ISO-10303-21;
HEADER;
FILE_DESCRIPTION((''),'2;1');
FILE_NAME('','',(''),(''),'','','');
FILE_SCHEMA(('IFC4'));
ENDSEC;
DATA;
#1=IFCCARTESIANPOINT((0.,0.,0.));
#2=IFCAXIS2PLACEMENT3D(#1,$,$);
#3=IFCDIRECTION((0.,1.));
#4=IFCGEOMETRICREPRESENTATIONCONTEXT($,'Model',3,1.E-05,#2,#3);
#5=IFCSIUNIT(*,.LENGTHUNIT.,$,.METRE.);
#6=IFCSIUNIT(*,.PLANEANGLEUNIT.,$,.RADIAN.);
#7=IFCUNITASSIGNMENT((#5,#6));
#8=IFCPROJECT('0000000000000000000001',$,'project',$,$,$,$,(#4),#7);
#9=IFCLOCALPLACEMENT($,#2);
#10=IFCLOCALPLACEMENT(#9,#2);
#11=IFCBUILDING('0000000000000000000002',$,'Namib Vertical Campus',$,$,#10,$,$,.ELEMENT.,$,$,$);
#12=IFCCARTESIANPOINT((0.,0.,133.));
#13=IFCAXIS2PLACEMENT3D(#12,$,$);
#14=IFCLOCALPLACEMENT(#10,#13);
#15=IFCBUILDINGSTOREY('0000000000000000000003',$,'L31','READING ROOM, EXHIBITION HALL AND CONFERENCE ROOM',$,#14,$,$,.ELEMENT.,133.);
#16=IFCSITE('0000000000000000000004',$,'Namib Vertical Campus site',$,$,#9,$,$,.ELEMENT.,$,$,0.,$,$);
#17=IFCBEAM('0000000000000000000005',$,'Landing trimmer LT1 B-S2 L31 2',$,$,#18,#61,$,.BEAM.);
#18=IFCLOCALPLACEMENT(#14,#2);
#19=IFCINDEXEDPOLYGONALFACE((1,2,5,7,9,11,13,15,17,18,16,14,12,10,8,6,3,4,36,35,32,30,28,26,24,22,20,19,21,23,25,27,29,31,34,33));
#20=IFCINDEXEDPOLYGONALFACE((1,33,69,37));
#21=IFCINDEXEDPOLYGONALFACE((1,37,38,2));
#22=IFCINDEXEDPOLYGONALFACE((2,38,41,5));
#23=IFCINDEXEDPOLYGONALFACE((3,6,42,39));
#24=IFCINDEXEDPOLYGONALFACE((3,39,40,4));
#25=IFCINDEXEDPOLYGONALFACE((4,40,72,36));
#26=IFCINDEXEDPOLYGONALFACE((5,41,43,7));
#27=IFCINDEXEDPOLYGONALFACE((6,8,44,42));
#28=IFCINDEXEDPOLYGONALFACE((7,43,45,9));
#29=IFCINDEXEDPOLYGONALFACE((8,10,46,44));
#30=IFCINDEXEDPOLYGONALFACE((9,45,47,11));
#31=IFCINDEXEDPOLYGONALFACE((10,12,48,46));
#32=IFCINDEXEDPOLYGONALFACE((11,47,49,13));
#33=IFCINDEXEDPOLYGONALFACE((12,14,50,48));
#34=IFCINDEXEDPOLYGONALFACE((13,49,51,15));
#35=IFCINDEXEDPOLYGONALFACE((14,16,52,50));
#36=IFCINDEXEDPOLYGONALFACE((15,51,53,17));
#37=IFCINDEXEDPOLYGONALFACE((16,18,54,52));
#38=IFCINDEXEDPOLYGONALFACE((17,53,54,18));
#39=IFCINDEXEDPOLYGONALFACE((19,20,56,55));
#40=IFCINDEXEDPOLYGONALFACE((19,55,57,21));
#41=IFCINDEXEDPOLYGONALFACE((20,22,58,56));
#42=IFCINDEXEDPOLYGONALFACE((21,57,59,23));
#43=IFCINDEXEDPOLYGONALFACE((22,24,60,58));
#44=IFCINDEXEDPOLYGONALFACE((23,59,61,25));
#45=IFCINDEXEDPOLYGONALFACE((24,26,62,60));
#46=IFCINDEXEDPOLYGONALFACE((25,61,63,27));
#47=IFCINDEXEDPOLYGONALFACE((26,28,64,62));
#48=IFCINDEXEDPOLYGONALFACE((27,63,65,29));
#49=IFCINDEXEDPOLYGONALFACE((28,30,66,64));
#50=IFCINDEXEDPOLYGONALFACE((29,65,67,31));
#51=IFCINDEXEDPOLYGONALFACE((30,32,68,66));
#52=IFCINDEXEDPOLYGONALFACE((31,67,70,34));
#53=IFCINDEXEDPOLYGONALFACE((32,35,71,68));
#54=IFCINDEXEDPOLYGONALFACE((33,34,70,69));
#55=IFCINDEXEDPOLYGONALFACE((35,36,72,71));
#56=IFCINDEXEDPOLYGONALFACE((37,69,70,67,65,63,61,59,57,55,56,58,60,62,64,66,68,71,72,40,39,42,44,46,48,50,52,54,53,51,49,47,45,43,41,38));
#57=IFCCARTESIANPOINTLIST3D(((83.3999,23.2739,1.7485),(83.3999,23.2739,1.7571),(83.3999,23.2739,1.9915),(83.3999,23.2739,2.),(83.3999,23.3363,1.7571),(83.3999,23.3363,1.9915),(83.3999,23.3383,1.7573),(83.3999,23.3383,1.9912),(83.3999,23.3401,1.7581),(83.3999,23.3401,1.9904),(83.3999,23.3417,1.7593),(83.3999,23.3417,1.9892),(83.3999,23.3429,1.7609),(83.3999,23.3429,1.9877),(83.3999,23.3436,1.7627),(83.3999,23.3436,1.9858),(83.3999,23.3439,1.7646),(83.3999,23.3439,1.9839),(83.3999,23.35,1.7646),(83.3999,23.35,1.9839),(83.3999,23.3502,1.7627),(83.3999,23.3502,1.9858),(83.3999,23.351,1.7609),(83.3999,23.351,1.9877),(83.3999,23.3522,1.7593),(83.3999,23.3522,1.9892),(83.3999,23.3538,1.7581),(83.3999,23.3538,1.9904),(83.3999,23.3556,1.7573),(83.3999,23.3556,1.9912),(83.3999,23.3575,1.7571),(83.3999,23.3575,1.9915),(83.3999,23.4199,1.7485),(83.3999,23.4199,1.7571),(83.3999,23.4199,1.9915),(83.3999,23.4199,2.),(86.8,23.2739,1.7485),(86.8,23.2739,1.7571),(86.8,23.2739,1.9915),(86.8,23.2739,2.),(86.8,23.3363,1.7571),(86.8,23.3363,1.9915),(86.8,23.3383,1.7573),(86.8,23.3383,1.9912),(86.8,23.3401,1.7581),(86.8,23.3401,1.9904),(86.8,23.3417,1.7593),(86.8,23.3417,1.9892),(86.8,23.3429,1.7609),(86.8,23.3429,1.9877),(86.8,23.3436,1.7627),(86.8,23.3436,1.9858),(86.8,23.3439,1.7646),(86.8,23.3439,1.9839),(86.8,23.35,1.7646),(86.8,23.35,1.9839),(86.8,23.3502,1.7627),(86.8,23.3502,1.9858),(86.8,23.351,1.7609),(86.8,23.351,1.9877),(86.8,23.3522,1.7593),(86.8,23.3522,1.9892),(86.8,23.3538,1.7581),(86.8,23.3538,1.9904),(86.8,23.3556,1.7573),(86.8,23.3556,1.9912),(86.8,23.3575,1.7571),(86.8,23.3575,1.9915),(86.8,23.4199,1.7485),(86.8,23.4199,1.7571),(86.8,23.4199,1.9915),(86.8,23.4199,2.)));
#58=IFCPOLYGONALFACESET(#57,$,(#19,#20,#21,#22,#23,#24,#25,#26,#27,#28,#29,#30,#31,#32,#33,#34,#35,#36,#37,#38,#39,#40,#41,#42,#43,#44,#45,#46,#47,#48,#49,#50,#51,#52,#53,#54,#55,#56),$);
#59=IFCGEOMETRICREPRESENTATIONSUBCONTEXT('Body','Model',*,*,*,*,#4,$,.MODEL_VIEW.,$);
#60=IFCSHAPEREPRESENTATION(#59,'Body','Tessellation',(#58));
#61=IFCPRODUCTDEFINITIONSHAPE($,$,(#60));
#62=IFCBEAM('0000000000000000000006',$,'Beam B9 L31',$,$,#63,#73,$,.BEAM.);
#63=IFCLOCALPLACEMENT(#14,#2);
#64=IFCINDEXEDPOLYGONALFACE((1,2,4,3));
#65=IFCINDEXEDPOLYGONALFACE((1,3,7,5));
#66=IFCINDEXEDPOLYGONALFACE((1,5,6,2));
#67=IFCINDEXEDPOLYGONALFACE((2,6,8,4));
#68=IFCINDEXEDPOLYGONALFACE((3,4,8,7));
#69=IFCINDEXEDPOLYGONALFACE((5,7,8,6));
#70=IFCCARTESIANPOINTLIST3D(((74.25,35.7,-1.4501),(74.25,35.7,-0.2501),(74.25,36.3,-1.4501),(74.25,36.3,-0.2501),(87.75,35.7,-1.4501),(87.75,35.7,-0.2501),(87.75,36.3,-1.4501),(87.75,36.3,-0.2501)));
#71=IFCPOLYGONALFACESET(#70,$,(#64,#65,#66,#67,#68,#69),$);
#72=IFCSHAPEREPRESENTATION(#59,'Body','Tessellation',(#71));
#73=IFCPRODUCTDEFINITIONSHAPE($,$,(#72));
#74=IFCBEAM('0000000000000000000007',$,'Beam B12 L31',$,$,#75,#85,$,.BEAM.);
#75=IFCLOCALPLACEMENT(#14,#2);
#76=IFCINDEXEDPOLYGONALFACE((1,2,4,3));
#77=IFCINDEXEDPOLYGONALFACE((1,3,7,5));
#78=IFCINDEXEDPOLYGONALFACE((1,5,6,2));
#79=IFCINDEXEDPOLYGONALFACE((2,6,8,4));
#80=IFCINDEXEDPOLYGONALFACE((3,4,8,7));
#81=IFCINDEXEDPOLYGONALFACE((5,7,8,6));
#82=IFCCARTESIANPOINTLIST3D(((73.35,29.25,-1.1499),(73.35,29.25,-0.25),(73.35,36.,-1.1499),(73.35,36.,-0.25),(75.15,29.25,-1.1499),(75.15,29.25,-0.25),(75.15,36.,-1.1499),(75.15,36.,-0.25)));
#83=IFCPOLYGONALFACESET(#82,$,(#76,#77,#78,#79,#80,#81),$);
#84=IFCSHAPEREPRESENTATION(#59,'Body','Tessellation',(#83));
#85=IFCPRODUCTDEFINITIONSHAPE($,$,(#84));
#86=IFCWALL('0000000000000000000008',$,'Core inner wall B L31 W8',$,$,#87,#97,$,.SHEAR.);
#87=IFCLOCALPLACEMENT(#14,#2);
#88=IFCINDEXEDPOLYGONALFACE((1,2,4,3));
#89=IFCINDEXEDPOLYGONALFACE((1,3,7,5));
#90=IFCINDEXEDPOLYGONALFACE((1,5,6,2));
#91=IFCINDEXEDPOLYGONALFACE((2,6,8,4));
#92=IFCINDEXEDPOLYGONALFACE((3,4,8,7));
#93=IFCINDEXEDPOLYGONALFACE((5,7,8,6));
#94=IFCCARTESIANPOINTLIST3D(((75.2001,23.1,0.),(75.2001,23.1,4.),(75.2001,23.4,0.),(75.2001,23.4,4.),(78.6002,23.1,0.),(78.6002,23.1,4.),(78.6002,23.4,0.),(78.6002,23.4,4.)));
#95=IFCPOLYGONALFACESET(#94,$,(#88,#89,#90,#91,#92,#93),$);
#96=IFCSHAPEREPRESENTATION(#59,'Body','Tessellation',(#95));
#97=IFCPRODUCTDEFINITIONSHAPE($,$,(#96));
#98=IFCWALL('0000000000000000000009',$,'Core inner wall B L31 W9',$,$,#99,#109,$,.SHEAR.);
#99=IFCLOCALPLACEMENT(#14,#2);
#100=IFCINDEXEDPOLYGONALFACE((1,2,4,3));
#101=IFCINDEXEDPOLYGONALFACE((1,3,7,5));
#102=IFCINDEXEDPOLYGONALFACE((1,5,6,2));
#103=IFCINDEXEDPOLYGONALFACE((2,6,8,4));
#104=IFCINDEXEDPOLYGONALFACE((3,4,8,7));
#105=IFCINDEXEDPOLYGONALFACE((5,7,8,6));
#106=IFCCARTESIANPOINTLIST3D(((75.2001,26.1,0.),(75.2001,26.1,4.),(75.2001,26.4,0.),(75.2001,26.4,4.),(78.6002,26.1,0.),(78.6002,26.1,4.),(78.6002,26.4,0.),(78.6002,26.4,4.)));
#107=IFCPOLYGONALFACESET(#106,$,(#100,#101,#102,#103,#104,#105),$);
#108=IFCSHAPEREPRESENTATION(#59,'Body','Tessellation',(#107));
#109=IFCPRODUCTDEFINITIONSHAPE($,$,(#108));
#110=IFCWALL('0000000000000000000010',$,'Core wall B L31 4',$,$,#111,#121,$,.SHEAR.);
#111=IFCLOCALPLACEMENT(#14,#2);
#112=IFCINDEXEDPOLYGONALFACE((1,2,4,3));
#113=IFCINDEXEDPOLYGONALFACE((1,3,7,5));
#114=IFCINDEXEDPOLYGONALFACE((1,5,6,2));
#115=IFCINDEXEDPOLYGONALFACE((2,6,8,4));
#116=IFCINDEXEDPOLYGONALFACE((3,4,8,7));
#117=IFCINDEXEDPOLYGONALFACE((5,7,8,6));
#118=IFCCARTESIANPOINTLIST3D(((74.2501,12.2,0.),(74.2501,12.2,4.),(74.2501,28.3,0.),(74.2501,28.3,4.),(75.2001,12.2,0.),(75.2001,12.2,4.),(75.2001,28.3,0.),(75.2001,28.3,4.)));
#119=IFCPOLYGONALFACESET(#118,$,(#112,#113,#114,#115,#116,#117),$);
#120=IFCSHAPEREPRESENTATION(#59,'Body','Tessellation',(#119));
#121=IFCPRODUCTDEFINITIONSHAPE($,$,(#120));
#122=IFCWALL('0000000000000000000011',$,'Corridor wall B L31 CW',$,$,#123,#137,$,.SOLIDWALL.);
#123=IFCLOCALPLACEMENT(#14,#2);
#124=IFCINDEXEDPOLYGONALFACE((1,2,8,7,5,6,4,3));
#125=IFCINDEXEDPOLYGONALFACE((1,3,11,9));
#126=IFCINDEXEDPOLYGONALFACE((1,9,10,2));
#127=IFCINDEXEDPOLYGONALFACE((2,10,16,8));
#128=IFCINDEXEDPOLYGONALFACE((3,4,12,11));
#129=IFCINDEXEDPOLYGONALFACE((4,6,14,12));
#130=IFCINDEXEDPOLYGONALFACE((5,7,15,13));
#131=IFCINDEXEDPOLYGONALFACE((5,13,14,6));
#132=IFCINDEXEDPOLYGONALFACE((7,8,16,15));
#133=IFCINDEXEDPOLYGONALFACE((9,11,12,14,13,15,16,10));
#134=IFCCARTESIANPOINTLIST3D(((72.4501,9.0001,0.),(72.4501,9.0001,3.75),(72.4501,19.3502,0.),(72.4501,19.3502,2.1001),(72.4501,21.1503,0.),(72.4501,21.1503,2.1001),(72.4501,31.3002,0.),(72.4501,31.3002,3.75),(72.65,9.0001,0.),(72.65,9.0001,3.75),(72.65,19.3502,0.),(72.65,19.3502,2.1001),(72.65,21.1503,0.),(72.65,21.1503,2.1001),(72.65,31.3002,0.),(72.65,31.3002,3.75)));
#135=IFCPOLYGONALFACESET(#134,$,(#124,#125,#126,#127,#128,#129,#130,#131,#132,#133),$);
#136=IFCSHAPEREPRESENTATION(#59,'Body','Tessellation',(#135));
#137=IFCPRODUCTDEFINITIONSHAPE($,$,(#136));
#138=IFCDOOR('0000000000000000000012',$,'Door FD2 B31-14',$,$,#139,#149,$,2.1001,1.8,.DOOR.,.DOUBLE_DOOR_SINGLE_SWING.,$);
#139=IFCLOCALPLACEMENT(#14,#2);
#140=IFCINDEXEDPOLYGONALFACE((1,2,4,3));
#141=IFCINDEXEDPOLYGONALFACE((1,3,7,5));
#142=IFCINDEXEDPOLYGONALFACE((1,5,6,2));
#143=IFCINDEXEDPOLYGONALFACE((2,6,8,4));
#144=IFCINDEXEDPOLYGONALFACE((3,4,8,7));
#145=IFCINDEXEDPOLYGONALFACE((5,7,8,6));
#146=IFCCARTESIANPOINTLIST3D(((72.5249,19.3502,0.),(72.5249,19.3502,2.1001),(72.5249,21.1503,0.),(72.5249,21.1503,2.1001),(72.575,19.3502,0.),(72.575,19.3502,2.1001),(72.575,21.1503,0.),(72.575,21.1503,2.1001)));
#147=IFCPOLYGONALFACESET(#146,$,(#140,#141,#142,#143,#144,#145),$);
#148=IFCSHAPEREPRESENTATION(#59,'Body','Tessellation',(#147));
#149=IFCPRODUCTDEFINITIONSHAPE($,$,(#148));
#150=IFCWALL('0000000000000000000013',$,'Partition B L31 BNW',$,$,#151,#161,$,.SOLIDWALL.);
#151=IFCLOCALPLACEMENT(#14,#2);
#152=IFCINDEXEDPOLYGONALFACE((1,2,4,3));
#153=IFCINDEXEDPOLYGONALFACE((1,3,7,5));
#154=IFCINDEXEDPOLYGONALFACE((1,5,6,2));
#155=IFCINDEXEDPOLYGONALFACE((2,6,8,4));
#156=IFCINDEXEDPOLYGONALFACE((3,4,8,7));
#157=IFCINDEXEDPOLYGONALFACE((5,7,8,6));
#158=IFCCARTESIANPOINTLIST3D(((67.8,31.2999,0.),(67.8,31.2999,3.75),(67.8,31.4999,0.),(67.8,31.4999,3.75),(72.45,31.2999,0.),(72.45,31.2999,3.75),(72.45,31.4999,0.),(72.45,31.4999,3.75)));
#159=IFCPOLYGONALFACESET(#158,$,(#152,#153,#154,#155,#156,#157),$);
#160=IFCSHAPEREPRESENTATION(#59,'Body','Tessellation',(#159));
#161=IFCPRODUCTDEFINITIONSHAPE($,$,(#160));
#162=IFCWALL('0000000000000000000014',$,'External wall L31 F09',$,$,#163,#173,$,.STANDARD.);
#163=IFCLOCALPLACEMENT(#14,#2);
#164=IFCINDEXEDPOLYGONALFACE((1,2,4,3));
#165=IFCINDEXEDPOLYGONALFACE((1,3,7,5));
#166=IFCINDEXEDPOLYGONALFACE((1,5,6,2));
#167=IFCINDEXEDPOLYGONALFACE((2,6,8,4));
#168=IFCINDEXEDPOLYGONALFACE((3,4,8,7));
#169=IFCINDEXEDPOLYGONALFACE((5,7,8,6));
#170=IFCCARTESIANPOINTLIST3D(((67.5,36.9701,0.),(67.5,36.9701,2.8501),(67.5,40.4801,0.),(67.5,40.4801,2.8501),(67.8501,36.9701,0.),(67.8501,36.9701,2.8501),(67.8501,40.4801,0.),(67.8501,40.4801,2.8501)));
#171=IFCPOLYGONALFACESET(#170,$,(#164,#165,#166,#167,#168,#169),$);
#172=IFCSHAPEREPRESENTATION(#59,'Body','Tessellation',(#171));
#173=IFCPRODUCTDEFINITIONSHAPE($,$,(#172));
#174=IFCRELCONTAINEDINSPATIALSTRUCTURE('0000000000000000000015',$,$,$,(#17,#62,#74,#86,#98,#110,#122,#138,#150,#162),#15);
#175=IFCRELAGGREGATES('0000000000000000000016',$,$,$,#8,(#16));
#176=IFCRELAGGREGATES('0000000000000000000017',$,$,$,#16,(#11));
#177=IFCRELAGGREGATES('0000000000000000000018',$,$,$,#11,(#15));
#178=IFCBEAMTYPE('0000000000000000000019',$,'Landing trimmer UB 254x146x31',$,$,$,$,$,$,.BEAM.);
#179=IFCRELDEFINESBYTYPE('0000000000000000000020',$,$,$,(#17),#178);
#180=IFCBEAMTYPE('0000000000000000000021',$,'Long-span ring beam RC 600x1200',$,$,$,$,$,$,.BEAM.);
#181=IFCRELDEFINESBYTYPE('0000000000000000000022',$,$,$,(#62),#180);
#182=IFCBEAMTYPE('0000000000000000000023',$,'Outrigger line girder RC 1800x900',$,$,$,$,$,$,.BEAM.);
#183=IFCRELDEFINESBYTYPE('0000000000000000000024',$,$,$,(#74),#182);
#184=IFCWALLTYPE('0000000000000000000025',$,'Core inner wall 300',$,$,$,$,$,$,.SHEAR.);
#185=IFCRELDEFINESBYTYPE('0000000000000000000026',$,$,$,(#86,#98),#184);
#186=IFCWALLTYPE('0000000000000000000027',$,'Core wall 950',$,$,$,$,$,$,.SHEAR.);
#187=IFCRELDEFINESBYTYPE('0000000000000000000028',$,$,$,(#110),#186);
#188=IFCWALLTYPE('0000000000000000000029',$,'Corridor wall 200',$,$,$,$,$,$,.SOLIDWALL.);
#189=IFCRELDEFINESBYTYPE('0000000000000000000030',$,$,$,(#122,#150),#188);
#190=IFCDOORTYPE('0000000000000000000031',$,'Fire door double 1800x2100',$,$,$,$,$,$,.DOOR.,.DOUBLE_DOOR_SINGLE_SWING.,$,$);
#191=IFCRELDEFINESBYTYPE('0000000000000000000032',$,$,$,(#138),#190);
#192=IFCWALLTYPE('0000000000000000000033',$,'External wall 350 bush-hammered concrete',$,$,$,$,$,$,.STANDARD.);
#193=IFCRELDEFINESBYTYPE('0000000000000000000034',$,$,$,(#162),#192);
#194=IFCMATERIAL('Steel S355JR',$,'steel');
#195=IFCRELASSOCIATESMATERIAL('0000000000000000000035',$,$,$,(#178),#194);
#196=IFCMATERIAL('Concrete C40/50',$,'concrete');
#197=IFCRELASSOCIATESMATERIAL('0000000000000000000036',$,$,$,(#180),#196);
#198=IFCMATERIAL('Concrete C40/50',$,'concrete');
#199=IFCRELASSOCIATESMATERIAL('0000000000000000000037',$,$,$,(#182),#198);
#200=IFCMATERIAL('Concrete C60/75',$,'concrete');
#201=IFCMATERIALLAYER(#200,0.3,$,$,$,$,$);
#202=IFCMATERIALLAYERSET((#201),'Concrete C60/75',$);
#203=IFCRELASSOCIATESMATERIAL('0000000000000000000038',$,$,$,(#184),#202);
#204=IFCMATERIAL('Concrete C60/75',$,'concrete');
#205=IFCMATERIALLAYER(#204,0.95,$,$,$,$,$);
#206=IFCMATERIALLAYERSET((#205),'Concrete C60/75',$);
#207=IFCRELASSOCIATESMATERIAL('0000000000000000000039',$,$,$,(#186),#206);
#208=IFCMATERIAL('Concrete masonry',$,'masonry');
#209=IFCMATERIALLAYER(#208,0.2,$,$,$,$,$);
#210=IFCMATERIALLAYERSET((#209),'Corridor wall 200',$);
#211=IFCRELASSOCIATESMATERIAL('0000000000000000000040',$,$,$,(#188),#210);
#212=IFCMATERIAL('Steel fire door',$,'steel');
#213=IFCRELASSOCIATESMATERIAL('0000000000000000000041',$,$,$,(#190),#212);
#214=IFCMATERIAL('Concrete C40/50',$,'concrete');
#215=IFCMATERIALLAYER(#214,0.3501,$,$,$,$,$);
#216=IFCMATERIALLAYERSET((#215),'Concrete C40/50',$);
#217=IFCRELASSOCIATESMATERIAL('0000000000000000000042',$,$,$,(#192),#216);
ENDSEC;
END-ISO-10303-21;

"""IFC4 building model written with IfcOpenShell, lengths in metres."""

from ifc_helpers import new_model, si_unit, direction, frame, frame_2d, origin, origin_2d, place, context, subcontext, project, spatial, rectangle, i_section, extrude, material, layer, layer_set, material_profile, profile_set, type_object, element, fill, save


model = new_model("IFC4")

# Units and contexts
model_context = context("Model", 3, precision=1e-05, world=origin(), true_north=direction((0.0, 1.0)))
body_context = subcontext(model_context, "Body", "Model", "MODEL_VIEW")
ifc_project = project(units=[si_unit("LENGTHUNIT", "METRE"), si_unit("PLANEANGLEUNIT", "RADIAN")], contexts=[model_context])

# Site, building, storey
site_placement = place(None, origin())
site = spatial("IfcSite", under=ifc_project, at=site_placement, Name="Namib Vertical Campus site", CompositionType="ELEMENT", RefElevation=0.0)
building_placement = place(site_placement, origin())
building = spatial("IfcBuilding", under=site, at=building_placement, Name="Namib Vertical Campus", CompositionType="ELEMENT")
storey_placement = place(building_placement, frame((0.0, 0.0, 133.0)))
storey = spatial("IfcBuildingStorey", under=building, at=storey_placement, Name="L31", Description="READING ROOM, EXHIBITION HALL AND CONFERENCE ROOM", CompositionType="ELEMENT", Elevation=133.0)

# Beams
ifc_material_1 = material(Name="Steel S355JR", Category="steel")
ifc_material_profile_1 = material_profile(ifc_material_1, i_section(OverallWidth=0.146, OverallDepth=0.2515, WebThickness=0.0061, FlangeThickness=0.0085, FilletRadius=0.0076, at=origin_2d()))
ifc_profile_set_1 = profile_set([ifc_material_profile_1], Name="Steel S355JR")
beam_type_1 = type_object("IfcBeamType", Name="Landing trimmer UB 254x146x31", PredefinedType="BEAM", material=ifc_profile_set_1)
for number, where, z_axis, x_axis, name in (
    (1, (83.3999, 23.3469, 1.8743), (1.0, 0.0, 0.0), (0.0, 1.0, 0.0), "Landing trimmer LT1 B-S2 L31 2"),
):
    element("IfcBeam", number, at=place(storey_placement, frame(where, z_axis=z_axis, x_axis=x_axis)), inside=storey, type_object=beam_type_1, Name=name, PredefinedType="BEAM", context=body_context, shape_type="SweptSolid", body=[
        extrude(i_section(OverallWidth=0.146, OverallDepth=0.2515, WebThickness=0.0061, FlangeThickness=0.0085, FilletRadius=0.0076, at=origin_2d()), origin(), (0.0, 0.0, 1.0), 3.4001),
    ])
ifc_material_2 = material(Name="Concrete C40/50", Category="concrete")
ifc_material_profile_2 = material_profile(ifc_material_2, rectangle(XDim=0.6001, YDim=1.2, at=origin_2d()))
ifc_profile_set_2 = profile_set([ifc_material_profile_2], Name="Concrete C40/50")
beam_type_2 = type_object("IfcBeamType", Name="Long-span ring beam RC 600x1200", PredefinedType="BEAM", material=ifc_profile_set_2)
beam_1_placement = place(storey_placement, frame((74.25, 36.0, -0.8501), z_axis=(1.0, 0.0, 0.0), x_axis=(0.0, 1.0, 0.0)))
element("IfcBeam", 2, at=beam_1_placement, inside=storey, type_object=beam_type_2, Name="Beam B9 L31", PredefinedType="BEAM", context=body_context, shape_type="SweptSolid", body=[
    extrude(rectangle(XDim=0.6001, YDim=1.2, at=origin_2d()), origin(), (0.0, 0.0, 1.0), 13.5),
])
ifc_material_3 = material(Name="Concrete C40/50", Category="concrete")
ifc_material_profile_3 = material_profile(ifc_material_3, rectangle(XDim=1.8, YDim=0.8999, at=origin_2d()))
ifc_profile_set_3 = profile_set([ifc_material_profile_3], Name="Concrete C40/50")
beam_type_3 = type_object("IfcBeamType", Name="Outrigger line girder RC 1800x900", PredefinedType="BEAM", material=ifc_profile_set_3)
beam_2_placement = place(storey_placement, frame((74.25, 36.0, -0.7), z_axis=(0.0, -1.0, 0.0), x_axis=(1.0, 0.0, 0.0)))
element("IfcBeam", 3, at=beam_2_placement, inside=storey, type_object=beam_type_3, Name="Beam B12 L31", PredefinedType="BEAM", context=body_context, shape_type="SweptSolid", body=[
    extrude(rectangle(XDim=1.8, YDim=0.8999, at=origin_2d()), origin(), (0.0, 0.0, 1.0), 6.75),
])

# Walls
ifc_material_4 = material(Name="Concrete C60/75", Category="concrete")
ifc_layer_1 = layer(ifc_material_4, 0.3)
ifc_layer_set_1 = layer_set([ifc_layer_1], Name="Concrete C60/75")
wall_type_1 = type_object("IfcWallType", Name="Core inner wall 300", PredefinedType="SHEAR", material=ifc_layer_set_1)
for number, where, z_axis, x_axis, name in (
    (4, (75.2, 23.25, 0.0), (0.0, 0.0, 1.0), (1.0, 0.0, 0.0), "Core inner wall B L31 W8"),
    (5, (75.2, 26.25, 0.0), (0.0, 0.0, 1.0), (1.0, 0.0, 0.0), "Core inner wall B L31 W9"),
):
    element("IfcWall", number, at=place(storey_placement, frame(where, z_axis=z_axis, x_axis=x_axis)), inside=storey, type_object=wall_type_1, Name=name, PredefinedType="SHEAR", context=body_context, shape_type="SweptSolid", body=[
        extrude(rectangle(XDim=3.4001, YDim=0.3, at=frame_2d((1.7002, 0.0))), origin(), (0.0, 0.0, 1.0), 4.0),
    ])
ifc_material_5 = material(Name="Concrete C60/75", Category="concrete")
ifc_layer_2 = layer(ifc_material_5, 0.95)
ifc_layer_set_2 = layer_set([ifc_layer_2], Name="Concrete C60/75")
wall_type_2 = type_object("IfcWallType", Name="Core wall 950", PredefinedType="SHEAR", material=ifc_layer_set_2)
wall_1_placement = place(storey_placement, frame((74.7251, 28.3, 0.0), z_axis=(0.0, 0.0, 1.0), x_axis=(0.0, -1.0, 0.0)))
element("IfcWall", 6, at=wall_1_placement, inside=storey, type_object=wall_type_2, Name="Core wall B L31 4", PredefinedType="SHEAR", context=body_context, shape_type="SweptSolid", body=[
    extrude(rectangle(XDim=16.1001, YDim=0.95, at=frame_2d((8.05, 0.0))), origin(), (0.0, 0.0, 1.0), 4.0),
])

# Wall, opening, door
ifc_material_6 = material(Name="Concrete masonry", Category="masonry")
ifc_layer_3 = layer(ifc_material_6, 0.2)
ifc_layer_set_3 = layer_set([ifc_layer_3], Name="Corridor wall 200")
wall_type_3 = type_object("IfcWallType", Name="Corridor wall 200", PredefinedType="SOLIDWALL", material=ifc_layer_set_3)
wall_2_placement = place(storey_placement, frame((72.55, 31.3, 0.0), z_axis=(0.0, 0.0, 1.0), x_axis=(0.0, -1.0, 0.0)))
wall_2 = element("IfcWall", 7, at=wall_2_placement, inside=storey, type_object=wall_type_3, Name="Corridor wall B L31 CW", PredefinedType="SOLIDWALL", context=body_context, shape_type="SweptSolid", body=[
    extrude(rectangle(XDim=22.3, YDim=0.2, at=frame_2d((11.1499, 0.0))), origin(), (0.0, 0.0, 1.0), 3.75),
])
opening_1_placement = place(wall_2_placement, frame((10.1499, 0.0, 0.0)))
opening_1 = element("IfcOpeningElement", 8, at=opening_1_placement, cuts=wall_2, PredefinedType="OPENING", context=body_context, shape_type="SweptSolid", body=[
    extrude(rectangle(XDim=1.8, YDim=2.1001, at=frame_2d((0.8999, 1.05))), frame((0.0, 0.1099, 0.0), z_axis=(0.0, -1.0, 0.0), x_axis=(1.0, 0.0, 0.0)), (0.0, 0.0, 1.0), 0.22),
])
ifc_material_7 = material(Name="Steel fire door", Category="steel")
door_type_1 = type_object("IfcDoorType", Name="Fire door double 1800x2100", OperationType="DOUBLE_DOOR_SINGLE_SWING", PredefinedType="DOOR", material=ifc_material_7)
door_1_placement = place(opening_1_placement, origin())
door_1 = element("IfcDoor", 9, at=door_1_placement, inside=storey, type_object=door_type_1, Name="Door FD2 B31-14", OperationType="DOUBLE_DOOR_SINGLE_SWING", OverallHeight=2.1001, OverallWidth=1.8, PredefinedType="DOOR", context=body_context, shape_type="SweptSolid", body=[
    extrude(rectangle(XDim=1.8, YDim=2.1001, at=frame_2d((0.8999, 1.05))), frame((0.0, 0.0249, 0.0), z_axis=(0.0, -1.0, 0.0), x_axis=(1.0, 0.0, 0.0)), (0.0, 0.0, 1.0), 0.05),
])
fill(opening_1, door_1)

# Walls
wall_3_placement = place(storey_placement, frame((67.8, 31.3999, 0.0), z_axis=(0.0, 0.0, 1.0), x_axis=(1.0, 0.0, 0.0)))
element("IfcWall", 10, at=wall_3_placement, inside=storey, type_object=wall_type_3, Name="Partition B L31 BNW", PredefinedType="SOLIDWALL", context=body_context, shape_type="SweptSolid", body=[
    extrude(rectangle(XDim=4.6499, YDim=0.2, at=frame_2d((2.325, 0.0))), origin(), (0.0, 0.0, 1.0), 3.75),
])
ifc_material_8 = material(Name="Concrete C40/50", Category="concrete")
ifc_layer_4 = layer(ifc_material_8, 0.3501)
ifc_layer_set_4 = layer_set([ifc_layer_4], Name="Concrete C40/50")
wall_type_4 = type_object("IfcWallType", Name="External wall 350 bush-hammered concrete", PredefinedType="STANDARD", material=ifc_layer_set_4)
wall_4_placement = place(storey_placement, frame((67.675, 40.48, 0.0), z_axis=(0.0, 0.0, 1.0), x_axis=(0.0, -1.0, 0.0)))
element("IfcWall", 11, at=wall_4_placement, inside=storey, type_object=wall_type_4, Name="External wall L31 F09", PredefinedType="STANDARD", context=body_context, shape_type="SweptSolid", body=[
    extrude(rectangle(XDim=3.51, YDim=0.3501, at=frame_2d((1.7549, 0.0))), origin(), (0.0, 0.0, 1.0), 2.8501),
])

save(model, "model.ifc")
